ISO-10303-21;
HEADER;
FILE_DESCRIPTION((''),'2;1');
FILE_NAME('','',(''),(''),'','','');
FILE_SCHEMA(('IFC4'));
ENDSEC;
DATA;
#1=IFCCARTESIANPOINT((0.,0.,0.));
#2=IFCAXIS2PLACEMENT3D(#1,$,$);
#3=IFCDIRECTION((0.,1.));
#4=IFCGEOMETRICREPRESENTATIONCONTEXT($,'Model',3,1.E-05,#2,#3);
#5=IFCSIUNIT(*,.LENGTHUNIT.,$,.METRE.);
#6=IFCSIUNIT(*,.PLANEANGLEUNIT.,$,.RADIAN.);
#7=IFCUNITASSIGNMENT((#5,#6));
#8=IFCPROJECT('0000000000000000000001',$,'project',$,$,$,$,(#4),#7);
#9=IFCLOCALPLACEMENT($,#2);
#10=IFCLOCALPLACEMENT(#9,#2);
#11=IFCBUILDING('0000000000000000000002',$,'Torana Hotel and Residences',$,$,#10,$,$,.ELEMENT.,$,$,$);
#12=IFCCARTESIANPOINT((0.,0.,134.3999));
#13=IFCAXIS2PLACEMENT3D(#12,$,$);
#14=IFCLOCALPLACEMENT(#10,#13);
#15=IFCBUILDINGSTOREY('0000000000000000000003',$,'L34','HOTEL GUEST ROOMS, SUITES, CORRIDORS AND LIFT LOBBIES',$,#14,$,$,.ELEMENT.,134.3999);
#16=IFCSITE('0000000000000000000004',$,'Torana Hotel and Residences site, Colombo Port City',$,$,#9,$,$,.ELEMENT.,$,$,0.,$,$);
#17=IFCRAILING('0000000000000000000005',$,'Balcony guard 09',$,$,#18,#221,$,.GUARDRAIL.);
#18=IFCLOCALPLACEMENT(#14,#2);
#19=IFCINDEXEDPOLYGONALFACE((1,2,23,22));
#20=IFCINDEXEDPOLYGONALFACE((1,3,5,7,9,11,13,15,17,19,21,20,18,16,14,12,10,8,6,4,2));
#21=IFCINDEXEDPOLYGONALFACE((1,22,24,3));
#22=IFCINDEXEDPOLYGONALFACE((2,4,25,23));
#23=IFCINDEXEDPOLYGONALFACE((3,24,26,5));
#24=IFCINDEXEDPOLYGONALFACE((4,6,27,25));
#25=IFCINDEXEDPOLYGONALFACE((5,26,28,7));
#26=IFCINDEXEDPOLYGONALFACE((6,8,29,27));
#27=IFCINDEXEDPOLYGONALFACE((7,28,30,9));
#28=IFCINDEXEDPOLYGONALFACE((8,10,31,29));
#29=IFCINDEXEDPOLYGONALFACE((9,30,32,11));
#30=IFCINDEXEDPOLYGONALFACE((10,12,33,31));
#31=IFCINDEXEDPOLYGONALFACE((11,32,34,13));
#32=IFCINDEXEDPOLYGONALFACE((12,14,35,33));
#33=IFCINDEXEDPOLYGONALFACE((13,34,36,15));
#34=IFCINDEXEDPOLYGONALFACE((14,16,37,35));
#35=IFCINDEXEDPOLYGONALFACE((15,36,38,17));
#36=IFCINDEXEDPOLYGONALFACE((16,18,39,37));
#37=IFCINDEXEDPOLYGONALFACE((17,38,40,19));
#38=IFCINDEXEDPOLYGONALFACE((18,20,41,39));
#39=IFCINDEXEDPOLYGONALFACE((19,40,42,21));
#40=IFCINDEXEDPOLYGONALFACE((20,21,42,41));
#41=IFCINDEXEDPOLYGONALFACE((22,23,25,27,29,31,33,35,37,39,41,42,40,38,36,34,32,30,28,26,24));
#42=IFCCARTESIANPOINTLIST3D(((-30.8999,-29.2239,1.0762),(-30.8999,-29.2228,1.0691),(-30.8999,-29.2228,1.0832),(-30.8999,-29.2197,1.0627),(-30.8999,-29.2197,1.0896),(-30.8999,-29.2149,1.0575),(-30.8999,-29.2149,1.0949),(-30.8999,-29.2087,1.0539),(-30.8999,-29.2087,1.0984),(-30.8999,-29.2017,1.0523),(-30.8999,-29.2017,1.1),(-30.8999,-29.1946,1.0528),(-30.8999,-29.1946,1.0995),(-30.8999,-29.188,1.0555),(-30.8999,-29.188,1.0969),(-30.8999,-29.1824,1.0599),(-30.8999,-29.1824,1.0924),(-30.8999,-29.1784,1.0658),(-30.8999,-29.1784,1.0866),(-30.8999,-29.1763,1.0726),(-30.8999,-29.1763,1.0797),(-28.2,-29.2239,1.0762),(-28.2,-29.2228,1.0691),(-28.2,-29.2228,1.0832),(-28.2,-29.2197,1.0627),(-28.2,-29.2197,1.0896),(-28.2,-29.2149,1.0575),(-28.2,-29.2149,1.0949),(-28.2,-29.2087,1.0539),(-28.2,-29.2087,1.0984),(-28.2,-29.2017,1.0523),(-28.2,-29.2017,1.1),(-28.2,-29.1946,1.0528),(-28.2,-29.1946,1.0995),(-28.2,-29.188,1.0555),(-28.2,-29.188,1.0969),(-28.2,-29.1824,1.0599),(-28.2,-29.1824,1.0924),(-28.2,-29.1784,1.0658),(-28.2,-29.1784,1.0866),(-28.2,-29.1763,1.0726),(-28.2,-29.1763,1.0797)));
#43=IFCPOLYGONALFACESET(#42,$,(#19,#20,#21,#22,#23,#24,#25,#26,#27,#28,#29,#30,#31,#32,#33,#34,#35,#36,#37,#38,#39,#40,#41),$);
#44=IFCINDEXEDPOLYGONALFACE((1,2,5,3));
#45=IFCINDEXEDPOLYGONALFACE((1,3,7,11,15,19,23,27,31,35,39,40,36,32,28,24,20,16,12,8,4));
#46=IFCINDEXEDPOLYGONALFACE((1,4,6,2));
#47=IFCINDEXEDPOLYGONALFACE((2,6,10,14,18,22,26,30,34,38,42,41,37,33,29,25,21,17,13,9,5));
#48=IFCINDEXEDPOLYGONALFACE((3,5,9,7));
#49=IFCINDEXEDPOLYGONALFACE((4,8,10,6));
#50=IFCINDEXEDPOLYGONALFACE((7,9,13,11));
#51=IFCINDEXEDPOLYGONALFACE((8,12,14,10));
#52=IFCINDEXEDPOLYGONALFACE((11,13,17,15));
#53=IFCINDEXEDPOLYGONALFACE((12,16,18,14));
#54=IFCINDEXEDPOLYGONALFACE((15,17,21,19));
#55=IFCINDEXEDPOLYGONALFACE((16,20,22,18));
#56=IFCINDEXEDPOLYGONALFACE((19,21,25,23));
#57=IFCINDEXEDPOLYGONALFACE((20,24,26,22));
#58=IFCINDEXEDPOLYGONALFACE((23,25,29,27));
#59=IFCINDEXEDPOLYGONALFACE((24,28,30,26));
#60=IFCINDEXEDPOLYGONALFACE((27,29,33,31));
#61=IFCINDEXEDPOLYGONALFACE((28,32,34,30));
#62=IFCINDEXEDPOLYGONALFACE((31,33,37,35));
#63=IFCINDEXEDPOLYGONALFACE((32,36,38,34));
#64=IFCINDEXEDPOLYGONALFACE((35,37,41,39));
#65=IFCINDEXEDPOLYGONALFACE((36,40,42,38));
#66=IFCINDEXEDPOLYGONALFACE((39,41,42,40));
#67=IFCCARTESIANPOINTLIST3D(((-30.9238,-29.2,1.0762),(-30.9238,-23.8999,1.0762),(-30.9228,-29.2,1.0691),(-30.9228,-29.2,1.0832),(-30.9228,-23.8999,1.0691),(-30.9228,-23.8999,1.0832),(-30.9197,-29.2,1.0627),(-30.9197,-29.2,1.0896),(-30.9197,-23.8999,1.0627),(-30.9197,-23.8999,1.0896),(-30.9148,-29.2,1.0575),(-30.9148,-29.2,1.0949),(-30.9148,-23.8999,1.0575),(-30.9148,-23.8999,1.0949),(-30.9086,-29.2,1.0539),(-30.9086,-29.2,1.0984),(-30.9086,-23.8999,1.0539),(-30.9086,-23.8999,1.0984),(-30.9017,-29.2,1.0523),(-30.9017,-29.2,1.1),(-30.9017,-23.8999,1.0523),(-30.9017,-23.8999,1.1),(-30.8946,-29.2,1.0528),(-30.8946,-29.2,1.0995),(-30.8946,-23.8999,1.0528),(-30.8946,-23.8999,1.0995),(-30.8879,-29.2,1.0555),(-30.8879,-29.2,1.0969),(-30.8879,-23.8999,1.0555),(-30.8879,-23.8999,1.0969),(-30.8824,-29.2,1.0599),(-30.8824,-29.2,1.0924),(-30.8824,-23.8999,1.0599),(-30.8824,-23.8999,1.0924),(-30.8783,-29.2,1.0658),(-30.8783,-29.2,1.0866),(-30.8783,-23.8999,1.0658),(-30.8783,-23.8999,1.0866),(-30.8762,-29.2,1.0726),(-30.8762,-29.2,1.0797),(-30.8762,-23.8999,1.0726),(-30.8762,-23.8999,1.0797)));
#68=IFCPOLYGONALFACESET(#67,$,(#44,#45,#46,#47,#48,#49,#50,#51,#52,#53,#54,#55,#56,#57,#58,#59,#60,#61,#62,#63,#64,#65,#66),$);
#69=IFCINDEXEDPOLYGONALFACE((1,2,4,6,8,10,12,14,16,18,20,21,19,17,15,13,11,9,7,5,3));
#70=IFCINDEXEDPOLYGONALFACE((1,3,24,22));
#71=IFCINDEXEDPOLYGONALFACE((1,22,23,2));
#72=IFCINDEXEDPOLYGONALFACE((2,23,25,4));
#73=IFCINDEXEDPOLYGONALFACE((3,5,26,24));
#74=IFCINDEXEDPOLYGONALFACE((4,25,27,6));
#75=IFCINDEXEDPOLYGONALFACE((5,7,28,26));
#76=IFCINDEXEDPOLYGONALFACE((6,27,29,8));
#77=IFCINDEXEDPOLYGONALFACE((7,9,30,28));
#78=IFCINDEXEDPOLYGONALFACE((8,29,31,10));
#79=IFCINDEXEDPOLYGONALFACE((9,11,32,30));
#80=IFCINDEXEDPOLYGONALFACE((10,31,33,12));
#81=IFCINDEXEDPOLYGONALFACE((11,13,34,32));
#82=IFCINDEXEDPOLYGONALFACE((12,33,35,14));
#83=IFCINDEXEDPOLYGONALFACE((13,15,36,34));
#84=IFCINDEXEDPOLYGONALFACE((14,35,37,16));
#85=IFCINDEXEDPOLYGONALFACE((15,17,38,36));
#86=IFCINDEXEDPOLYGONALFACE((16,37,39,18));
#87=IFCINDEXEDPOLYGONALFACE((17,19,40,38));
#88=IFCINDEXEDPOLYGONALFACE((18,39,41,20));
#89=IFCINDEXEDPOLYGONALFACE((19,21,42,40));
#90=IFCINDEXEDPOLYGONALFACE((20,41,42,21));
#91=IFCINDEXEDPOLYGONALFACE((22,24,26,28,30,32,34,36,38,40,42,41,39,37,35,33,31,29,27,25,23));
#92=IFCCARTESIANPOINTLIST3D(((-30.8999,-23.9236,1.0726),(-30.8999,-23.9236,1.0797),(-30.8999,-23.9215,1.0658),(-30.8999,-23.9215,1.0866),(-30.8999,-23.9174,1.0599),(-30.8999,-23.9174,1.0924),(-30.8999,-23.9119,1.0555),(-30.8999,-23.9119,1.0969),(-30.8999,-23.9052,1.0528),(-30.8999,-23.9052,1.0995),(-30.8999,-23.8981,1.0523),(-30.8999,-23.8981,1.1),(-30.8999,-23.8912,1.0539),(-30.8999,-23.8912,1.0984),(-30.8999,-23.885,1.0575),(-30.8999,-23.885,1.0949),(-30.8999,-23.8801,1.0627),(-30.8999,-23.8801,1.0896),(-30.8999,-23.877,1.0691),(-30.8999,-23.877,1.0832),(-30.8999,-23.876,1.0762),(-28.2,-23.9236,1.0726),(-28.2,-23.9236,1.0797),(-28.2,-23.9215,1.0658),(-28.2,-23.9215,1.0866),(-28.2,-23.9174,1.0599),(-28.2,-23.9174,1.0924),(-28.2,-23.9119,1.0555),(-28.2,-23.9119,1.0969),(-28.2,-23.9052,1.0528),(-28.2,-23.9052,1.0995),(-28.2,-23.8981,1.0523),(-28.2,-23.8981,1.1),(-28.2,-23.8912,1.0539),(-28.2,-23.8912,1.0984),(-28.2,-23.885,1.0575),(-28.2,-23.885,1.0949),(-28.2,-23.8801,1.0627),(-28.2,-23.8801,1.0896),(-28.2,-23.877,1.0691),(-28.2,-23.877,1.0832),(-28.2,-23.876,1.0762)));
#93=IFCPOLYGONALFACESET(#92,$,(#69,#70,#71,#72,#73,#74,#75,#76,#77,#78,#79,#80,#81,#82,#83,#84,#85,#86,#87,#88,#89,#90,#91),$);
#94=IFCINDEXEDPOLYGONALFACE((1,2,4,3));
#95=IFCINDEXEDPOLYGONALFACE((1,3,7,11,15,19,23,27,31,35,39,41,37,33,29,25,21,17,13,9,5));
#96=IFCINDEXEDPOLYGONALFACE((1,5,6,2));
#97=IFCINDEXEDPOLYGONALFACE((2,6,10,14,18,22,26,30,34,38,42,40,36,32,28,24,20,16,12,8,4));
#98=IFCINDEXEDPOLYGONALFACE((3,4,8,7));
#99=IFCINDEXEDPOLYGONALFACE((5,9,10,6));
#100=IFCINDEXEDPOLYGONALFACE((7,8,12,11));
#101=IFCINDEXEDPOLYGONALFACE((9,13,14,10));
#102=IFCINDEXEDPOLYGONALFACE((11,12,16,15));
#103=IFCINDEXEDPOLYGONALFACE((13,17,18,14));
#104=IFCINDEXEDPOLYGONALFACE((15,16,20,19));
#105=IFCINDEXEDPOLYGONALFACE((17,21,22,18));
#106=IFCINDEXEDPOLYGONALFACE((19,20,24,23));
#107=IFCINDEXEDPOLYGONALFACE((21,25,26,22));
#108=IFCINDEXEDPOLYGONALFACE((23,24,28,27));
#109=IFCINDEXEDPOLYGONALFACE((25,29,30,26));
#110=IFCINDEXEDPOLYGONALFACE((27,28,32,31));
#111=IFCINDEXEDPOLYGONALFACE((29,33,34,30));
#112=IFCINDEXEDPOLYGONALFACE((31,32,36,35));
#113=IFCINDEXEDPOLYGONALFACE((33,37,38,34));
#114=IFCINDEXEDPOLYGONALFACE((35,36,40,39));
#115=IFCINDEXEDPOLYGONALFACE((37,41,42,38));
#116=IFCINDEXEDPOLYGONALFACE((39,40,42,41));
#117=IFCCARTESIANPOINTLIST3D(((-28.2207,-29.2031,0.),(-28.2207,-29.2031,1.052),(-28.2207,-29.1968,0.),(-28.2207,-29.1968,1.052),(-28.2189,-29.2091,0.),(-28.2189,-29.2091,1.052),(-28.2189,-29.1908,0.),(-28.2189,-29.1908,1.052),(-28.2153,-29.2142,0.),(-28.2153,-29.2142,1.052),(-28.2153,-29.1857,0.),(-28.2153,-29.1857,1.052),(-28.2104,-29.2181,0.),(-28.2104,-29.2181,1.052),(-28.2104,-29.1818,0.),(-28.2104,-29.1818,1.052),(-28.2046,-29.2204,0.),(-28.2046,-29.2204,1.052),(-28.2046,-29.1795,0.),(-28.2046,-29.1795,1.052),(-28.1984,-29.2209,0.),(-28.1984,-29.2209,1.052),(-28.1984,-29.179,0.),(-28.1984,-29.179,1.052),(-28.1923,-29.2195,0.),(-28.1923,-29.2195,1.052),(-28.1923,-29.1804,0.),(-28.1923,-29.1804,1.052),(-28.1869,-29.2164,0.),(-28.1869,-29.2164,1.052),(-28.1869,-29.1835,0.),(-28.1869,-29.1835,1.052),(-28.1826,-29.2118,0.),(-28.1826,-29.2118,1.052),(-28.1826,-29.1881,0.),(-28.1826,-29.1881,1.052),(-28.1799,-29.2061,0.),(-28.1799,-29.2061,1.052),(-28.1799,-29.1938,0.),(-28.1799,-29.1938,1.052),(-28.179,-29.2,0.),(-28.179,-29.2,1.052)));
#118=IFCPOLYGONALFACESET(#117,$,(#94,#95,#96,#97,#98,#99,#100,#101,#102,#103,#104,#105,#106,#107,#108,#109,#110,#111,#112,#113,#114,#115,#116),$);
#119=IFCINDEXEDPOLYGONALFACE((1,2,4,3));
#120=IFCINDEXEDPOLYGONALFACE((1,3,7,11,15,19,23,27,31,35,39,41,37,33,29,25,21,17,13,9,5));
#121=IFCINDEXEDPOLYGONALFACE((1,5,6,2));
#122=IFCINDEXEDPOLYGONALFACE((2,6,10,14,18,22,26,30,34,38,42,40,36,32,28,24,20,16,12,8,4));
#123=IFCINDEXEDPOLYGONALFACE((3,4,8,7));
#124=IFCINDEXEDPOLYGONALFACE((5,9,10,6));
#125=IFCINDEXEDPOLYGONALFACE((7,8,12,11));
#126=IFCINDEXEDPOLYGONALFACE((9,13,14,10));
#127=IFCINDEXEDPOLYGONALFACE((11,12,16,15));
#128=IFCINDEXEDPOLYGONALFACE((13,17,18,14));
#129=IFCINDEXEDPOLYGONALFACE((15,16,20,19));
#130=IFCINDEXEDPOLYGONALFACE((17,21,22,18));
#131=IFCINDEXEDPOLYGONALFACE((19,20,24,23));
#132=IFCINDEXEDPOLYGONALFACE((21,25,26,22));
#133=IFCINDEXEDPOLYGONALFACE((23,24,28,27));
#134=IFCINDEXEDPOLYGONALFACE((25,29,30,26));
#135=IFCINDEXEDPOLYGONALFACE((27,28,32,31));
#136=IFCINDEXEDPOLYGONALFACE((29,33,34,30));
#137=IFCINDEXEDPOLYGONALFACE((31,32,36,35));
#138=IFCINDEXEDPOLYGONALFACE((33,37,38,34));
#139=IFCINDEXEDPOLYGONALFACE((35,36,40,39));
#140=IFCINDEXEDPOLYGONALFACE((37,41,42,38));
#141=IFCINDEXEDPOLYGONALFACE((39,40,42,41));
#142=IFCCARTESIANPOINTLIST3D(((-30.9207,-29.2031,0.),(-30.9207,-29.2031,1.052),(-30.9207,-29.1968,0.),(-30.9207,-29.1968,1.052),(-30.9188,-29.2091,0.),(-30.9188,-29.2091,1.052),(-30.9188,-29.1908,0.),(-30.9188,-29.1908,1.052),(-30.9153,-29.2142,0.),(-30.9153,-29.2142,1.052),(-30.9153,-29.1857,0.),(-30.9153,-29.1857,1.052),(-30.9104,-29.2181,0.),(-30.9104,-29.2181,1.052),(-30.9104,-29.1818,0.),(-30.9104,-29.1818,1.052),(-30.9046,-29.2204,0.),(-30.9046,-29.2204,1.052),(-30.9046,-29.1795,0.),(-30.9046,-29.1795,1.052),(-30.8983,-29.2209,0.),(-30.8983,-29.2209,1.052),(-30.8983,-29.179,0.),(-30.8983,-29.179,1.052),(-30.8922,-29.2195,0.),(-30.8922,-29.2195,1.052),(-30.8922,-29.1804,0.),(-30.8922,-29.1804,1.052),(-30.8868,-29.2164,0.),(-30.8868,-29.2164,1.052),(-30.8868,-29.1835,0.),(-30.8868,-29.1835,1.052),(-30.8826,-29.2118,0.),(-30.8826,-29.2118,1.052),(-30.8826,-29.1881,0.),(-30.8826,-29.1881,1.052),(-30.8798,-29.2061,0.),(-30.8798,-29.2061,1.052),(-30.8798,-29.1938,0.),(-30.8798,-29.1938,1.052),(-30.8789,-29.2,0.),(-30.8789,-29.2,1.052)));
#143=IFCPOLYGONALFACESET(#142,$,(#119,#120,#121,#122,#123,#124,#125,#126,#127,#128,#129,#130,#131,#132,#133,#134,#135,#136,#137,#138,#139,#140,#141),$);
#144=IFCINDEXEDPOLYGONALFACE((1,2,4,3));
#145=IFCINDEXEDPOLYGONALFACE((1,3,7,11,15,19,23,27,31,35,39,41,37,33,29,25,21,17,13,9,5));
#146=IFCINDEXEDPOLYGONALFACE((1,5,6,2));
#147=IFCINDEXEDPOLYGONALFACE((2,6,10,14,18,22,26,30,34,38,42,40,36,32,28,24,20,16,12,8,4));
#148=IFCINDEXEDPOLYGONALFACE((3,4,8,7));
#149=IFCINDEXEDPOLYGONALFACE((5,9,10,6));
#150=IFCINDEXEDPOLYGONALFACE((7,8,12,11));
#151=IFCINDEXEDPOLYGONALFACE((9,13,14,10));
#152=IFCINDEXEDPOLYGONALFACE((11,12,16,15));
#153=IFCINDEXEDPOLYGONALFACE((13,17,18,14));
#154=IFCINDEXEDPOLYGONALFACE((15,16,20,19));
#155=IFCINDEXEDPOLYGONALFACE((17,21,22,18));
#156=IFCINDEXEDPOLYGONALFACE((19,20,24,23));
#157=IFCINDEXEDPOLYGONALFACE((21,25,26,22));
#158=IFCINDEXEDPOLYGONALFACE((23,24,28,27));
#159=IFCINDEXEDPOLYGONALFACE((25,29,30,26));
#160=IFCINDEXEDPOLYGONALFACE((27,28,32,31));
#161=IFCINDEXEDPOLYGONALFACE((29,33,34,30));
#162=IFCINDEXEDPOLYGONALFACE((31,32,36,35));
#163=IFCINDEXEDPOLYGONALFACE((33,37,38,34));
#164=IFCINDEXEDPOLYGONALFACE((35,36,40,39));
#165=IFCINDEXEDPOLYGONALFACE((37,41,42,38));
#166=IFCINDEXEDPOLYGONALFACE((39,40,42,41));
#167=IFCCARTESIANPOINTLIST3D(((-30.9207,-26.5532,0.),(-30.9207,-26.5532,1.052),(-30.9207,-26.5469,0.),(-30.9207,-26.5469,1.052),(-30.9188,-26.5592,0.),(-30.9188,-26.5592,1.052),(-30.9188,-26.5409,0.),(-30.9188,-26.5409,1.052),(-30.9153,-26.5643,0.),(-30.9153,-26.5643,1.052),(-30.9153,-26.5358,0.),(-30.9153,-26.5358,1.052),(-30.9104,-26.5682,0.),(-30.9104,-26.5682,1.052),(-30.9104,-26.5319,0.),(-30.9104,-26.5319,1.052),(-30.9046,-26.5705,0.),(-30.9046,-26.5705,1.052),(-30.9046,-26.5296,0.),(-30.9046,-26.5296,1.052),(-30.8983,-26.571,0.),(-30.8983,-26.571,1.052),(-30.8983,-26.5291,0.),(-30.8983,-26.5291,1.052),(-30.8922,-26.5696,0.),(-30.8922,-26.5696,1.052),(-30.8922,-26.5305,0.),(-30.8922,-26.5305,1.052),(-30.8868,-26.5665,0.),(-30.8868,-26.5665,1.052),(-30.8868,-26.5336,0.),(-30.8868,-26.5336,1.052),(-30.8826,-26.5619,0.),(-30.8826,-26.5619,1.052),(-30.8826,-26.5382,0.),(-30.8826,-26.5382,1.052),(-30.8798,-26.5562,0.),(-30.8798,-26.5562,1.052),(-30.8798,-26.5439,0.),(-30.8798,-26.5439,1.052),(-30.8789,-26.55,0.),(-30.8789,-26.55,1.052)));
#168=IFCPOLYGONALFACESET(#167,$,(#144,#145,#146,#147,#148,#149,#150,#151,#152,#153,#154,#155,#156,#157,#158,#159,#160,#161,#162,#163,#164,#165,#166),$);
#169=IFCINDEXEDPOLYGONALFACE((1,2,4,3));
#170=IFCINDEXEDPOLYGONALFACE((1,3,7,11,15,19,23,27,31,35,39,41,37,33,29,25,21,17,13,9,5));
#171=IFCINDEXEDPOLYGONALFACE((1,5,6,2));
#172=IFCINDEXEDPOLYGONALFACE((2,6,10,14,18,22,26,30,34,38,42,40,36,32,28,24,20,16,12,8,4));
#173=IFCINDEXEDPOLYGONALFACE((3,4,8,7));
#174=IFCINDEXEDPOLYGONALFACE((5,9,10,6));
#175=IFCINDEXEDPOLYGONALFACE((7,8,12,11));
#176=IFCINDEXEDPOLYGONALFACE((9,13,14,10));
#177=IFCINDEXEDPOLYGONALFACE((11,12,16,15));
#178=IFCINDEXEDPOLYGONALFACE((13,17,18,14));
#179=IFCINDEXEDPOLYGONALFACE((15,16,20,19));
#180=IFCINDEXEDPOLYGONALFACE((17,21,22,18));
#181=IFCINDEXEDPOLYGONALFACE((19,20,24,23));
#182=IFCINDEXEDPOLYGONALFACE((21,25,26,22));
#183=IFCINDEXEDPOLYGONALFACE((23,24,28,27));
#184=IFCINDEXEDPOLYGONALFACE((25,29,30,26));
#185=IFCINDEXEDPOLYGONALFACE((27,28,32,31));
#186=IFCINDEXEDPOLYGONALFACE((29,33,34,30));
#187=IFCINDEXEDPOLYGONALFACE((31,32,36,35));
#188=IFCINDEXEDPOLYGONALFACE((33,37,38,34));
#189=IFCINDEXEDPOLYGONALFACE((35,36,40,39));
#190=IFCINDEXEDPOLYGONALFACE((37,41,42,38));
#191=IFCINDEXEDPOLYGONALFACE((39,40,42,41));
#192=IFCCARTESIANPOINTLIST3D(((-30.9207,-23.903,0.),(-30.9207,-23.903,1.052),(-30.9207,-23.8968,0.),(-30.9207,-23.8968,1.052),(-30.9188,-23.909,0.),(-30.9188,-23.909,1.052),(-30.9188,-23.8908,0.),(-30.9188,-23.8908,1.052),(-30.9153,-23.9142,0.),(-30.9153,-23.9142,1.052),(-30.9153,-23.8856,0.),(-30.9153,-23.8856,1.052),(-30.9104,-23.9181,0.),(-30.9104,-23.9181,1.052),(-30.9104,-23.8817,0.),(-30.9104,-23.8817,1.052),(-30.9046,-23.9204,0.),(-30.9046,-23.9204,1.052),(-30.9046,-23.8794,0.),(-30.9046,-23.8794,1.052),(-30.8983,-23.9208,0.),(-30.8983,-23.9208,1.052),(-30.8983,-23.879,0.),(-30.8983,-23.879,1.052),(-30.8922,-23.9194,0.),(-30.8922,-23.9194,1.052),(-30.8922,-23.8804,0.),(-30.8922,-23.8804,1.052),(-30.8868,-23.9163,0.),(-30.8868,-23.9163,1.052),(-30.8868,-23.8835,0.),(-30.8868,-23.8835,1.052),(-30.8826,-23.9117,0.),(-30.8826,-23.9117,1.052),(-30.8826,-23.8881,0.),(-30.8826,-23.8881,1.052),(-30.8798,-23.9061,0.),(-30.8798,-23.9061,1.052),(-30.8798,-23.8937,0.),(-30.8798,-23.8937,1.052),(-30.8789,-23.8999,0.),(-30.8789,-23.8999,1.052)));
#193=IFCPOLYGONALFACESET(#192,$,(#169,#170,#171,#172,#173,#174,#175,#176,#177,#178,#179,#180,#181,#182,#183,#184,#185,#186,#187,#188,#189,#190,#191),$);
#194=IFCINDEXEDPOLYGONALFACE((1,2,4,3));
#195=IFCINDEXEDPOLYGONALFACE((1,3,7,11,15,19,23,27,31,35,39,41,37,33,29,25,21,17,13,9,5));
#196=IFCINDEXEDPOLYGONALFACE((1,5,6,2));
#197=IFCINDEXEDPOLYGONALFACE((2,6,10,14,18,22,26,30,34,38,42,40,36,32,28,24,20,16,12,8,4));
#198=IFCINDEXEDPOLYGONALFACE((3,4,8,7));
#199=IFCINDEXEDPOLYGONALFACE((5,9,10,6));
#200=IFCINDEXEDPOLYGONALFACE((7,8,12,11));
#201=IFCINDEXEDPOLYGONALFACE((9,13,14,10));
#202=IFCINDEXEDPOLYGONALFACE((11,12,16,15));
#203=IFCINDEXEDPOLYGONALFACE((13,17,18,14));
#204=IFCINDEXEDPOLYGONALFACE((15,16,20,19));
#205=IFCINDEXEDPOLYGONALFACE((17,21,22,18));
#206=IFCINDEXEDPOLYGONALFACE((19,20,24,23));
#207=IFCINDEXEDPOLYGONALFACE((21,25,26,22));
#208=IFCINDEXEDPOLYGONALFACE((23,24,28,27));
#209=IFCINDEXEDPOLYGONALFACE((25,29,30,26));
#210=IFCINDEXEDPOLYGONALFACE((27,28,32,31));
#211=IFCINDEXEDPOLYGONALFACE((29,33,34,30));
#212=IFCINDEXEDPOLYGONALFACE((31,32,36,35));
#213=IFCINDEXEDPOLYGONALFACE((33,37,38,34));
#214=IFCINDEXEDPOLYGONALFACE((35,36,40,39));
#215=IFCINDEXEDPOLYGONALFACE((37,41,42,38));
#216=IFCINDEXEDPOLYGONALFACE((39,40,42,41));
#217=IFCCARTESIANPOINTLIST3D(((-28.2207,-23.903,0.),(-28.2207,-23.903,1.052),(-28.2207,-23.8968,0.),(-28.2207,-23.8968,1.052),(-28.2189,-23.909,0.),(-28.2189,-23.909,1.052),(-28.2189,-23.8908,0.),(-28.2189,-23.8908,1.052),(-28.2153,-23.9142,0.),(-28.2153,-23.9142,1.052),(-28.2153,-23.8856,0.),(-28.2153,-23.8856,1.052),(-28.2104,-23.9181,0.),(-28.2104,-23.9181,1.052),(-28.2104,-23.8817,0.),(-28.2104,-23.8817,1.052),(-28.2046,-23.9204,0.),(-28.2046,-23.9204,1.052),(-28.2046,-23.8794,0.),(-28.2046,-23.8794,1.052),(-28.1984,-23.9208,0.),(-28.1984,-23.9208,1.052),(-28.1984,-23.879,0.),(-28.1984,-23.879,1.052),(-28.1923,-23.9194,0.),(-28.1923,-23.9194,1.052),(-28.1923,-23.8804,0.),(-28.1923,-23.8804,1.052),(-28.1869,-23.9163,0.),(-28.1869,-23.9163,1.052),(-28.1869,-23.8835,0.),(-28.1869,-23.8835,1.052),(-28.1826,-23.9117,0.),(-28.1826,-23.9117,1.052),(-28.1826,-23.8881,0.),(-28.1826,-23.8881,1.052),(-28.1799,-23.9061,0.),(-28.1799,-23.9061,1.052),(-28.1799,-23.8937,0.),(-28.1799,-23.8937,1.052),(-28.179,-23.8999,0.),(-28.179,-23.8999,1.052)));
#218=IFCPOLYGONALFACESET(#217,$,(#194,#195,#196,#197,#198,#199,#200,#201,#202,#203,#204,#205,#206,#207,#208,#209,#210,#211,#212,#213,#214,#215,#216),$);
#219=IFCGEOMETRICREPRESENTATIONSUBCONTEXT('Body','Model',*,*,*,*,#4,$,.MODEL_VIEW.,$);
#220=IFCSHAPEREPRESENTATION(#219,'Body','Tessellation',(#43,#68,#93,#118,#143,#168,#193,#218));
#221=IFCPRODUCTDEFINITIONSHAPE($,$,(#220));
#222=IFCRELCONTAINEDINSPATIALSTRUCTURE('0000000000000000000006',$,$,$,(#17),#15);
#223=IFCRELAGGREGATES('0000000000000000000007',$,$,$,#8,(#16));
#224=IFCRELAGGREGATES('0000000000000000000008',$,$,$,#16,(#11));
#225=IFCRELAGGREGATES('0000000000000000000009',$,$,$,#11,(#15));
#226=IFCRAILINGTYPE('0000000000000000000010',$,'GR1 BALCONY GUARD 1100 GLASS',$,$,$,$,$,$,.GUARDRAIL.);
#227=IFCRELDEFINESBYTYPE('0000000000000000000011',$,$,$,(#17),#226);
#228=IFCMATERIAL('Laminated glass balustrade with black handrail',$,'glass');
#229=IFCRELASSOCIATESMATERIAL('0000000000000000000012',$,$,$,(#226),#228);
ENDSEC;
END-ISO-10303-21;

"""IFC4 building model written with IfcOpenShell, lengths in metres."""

from ifc_helpers import new_model, si_unit, direction, frame, origin, origin_2d, place, context, subcontext, project, spatial, circle, extrude, material, type_object, element, save


model = new_model("IFC4")

# Units and contexts
model_context = context("Model", 3, precision=1e-05, world=origin(), true_north=direction((0.0, 1.0)))
body_context = subcontext(model_context, "Body", "Model", "MODEL_VIEW")
ifc_project = project(units=[si_unit("LENGTHUNIT", "METRE"), si_unit("PLANEANGLEUNIT", "RADIAN")], contexts=[model_context])

# Site, building, storey
site_placement = place(None, origin())
site = spatial("IfcSite", under=ifc_project, at=site_placement, Name="Torana Hotel and Residences site, Colombo Port City", CompositionType="ELEMENT", RefElevation=0.0)
building_placement = place(site_placement, origin())
building = spatial("IfcBuilding", under=site, at=building_placement, Name="Torana Hotel and Residences", CompositionType="ELEMENT")
storey_placement = place(building_placement, frame((0.0, 0.0, 134.3999)))
storey = spatial("IfcBuildingStorey", under=building, at=storey_placement, Name="L34", Description="HOTEL GUEST ROOMS, SUITES, CORRIDORS AND LIFT LOBBIES", CompositionType="ELEMENT", Elevation=134.3999)

# Railing
ifc_material_1 = material(Name="Laminated glass balustrade with black handrail", Category="glass")
railing_type = type_object("IfcRailingType", Name="GR1 BALCONY GUARD 1100 GLASS", PredefinedType="GUARDRAIL", material=ifc_material_1)
railing_placement = place(storey_placement, frame((-28.2, -29.2, 0.0)))
element("IfcRailing", 1, at=railing_placement, inside=storey, type_object=railing_type, Name="Balcony guard 09", PredefinedType="GUARDRAIL", context=body_context, shape_type="SweptSolid", body=[
    extrude(circle(Radius=0.0239, at=origin_2d()), frame((0.0, 0.0, 1.0762), z_axis=(-1.0, 0.0, 0.0), x_axis=(0.0, -1.0, 0.0)), (0.0, 0.0, 1.0), 2.7),
    extrude(circle(Radius=0.0239, at=origin_2d()), frame((-2.7, 0.0, 1.0762), z_axis=(0.0, 1.0, 0.0), x_axis=(-1.0, 0.0, 0.0)), (0.0, 0.0, 1.0), 5.3),
    extrude(circle(Radius=0.0239, at=origin_2d()), frame((-2.7, 5.3, 1.0762), z_axis=(1.0, 0.0, 0.0), x_axis=(0.0, 1.0, 0.0)), (0.0, 0.0, 1.0), 2.7),
    extrude(circle(Radius=0.021, at=origin_2d()), origin(), (0.0, 0.0, 1.0), 1.052),
    extrude(circle(Radius=0.021, at=origin_2d()), frame((-2.7, 0.0, 0.0)), (0.0, 0.0, 1.0), 1.052),
    extrude(circle(Radius=0.021, at=origin_2d()), frame((-2.7, 2.6499, 0.0)), (0.0, 0.0, 1.0), 1.052),
    extrude(circle(Radius=0.021, at=origin_2d()), frame((-2.7, 5.3, 0.0)), (0.0, 0.0, 1.0), 1.052),
    extrude(circle(Radius=0.021, at=origin_2d()), frame((0.0, 5.3, 0.0)), (0.0, 0.0, 1.0), 1.052),
])

save(model, "model.ifc")
